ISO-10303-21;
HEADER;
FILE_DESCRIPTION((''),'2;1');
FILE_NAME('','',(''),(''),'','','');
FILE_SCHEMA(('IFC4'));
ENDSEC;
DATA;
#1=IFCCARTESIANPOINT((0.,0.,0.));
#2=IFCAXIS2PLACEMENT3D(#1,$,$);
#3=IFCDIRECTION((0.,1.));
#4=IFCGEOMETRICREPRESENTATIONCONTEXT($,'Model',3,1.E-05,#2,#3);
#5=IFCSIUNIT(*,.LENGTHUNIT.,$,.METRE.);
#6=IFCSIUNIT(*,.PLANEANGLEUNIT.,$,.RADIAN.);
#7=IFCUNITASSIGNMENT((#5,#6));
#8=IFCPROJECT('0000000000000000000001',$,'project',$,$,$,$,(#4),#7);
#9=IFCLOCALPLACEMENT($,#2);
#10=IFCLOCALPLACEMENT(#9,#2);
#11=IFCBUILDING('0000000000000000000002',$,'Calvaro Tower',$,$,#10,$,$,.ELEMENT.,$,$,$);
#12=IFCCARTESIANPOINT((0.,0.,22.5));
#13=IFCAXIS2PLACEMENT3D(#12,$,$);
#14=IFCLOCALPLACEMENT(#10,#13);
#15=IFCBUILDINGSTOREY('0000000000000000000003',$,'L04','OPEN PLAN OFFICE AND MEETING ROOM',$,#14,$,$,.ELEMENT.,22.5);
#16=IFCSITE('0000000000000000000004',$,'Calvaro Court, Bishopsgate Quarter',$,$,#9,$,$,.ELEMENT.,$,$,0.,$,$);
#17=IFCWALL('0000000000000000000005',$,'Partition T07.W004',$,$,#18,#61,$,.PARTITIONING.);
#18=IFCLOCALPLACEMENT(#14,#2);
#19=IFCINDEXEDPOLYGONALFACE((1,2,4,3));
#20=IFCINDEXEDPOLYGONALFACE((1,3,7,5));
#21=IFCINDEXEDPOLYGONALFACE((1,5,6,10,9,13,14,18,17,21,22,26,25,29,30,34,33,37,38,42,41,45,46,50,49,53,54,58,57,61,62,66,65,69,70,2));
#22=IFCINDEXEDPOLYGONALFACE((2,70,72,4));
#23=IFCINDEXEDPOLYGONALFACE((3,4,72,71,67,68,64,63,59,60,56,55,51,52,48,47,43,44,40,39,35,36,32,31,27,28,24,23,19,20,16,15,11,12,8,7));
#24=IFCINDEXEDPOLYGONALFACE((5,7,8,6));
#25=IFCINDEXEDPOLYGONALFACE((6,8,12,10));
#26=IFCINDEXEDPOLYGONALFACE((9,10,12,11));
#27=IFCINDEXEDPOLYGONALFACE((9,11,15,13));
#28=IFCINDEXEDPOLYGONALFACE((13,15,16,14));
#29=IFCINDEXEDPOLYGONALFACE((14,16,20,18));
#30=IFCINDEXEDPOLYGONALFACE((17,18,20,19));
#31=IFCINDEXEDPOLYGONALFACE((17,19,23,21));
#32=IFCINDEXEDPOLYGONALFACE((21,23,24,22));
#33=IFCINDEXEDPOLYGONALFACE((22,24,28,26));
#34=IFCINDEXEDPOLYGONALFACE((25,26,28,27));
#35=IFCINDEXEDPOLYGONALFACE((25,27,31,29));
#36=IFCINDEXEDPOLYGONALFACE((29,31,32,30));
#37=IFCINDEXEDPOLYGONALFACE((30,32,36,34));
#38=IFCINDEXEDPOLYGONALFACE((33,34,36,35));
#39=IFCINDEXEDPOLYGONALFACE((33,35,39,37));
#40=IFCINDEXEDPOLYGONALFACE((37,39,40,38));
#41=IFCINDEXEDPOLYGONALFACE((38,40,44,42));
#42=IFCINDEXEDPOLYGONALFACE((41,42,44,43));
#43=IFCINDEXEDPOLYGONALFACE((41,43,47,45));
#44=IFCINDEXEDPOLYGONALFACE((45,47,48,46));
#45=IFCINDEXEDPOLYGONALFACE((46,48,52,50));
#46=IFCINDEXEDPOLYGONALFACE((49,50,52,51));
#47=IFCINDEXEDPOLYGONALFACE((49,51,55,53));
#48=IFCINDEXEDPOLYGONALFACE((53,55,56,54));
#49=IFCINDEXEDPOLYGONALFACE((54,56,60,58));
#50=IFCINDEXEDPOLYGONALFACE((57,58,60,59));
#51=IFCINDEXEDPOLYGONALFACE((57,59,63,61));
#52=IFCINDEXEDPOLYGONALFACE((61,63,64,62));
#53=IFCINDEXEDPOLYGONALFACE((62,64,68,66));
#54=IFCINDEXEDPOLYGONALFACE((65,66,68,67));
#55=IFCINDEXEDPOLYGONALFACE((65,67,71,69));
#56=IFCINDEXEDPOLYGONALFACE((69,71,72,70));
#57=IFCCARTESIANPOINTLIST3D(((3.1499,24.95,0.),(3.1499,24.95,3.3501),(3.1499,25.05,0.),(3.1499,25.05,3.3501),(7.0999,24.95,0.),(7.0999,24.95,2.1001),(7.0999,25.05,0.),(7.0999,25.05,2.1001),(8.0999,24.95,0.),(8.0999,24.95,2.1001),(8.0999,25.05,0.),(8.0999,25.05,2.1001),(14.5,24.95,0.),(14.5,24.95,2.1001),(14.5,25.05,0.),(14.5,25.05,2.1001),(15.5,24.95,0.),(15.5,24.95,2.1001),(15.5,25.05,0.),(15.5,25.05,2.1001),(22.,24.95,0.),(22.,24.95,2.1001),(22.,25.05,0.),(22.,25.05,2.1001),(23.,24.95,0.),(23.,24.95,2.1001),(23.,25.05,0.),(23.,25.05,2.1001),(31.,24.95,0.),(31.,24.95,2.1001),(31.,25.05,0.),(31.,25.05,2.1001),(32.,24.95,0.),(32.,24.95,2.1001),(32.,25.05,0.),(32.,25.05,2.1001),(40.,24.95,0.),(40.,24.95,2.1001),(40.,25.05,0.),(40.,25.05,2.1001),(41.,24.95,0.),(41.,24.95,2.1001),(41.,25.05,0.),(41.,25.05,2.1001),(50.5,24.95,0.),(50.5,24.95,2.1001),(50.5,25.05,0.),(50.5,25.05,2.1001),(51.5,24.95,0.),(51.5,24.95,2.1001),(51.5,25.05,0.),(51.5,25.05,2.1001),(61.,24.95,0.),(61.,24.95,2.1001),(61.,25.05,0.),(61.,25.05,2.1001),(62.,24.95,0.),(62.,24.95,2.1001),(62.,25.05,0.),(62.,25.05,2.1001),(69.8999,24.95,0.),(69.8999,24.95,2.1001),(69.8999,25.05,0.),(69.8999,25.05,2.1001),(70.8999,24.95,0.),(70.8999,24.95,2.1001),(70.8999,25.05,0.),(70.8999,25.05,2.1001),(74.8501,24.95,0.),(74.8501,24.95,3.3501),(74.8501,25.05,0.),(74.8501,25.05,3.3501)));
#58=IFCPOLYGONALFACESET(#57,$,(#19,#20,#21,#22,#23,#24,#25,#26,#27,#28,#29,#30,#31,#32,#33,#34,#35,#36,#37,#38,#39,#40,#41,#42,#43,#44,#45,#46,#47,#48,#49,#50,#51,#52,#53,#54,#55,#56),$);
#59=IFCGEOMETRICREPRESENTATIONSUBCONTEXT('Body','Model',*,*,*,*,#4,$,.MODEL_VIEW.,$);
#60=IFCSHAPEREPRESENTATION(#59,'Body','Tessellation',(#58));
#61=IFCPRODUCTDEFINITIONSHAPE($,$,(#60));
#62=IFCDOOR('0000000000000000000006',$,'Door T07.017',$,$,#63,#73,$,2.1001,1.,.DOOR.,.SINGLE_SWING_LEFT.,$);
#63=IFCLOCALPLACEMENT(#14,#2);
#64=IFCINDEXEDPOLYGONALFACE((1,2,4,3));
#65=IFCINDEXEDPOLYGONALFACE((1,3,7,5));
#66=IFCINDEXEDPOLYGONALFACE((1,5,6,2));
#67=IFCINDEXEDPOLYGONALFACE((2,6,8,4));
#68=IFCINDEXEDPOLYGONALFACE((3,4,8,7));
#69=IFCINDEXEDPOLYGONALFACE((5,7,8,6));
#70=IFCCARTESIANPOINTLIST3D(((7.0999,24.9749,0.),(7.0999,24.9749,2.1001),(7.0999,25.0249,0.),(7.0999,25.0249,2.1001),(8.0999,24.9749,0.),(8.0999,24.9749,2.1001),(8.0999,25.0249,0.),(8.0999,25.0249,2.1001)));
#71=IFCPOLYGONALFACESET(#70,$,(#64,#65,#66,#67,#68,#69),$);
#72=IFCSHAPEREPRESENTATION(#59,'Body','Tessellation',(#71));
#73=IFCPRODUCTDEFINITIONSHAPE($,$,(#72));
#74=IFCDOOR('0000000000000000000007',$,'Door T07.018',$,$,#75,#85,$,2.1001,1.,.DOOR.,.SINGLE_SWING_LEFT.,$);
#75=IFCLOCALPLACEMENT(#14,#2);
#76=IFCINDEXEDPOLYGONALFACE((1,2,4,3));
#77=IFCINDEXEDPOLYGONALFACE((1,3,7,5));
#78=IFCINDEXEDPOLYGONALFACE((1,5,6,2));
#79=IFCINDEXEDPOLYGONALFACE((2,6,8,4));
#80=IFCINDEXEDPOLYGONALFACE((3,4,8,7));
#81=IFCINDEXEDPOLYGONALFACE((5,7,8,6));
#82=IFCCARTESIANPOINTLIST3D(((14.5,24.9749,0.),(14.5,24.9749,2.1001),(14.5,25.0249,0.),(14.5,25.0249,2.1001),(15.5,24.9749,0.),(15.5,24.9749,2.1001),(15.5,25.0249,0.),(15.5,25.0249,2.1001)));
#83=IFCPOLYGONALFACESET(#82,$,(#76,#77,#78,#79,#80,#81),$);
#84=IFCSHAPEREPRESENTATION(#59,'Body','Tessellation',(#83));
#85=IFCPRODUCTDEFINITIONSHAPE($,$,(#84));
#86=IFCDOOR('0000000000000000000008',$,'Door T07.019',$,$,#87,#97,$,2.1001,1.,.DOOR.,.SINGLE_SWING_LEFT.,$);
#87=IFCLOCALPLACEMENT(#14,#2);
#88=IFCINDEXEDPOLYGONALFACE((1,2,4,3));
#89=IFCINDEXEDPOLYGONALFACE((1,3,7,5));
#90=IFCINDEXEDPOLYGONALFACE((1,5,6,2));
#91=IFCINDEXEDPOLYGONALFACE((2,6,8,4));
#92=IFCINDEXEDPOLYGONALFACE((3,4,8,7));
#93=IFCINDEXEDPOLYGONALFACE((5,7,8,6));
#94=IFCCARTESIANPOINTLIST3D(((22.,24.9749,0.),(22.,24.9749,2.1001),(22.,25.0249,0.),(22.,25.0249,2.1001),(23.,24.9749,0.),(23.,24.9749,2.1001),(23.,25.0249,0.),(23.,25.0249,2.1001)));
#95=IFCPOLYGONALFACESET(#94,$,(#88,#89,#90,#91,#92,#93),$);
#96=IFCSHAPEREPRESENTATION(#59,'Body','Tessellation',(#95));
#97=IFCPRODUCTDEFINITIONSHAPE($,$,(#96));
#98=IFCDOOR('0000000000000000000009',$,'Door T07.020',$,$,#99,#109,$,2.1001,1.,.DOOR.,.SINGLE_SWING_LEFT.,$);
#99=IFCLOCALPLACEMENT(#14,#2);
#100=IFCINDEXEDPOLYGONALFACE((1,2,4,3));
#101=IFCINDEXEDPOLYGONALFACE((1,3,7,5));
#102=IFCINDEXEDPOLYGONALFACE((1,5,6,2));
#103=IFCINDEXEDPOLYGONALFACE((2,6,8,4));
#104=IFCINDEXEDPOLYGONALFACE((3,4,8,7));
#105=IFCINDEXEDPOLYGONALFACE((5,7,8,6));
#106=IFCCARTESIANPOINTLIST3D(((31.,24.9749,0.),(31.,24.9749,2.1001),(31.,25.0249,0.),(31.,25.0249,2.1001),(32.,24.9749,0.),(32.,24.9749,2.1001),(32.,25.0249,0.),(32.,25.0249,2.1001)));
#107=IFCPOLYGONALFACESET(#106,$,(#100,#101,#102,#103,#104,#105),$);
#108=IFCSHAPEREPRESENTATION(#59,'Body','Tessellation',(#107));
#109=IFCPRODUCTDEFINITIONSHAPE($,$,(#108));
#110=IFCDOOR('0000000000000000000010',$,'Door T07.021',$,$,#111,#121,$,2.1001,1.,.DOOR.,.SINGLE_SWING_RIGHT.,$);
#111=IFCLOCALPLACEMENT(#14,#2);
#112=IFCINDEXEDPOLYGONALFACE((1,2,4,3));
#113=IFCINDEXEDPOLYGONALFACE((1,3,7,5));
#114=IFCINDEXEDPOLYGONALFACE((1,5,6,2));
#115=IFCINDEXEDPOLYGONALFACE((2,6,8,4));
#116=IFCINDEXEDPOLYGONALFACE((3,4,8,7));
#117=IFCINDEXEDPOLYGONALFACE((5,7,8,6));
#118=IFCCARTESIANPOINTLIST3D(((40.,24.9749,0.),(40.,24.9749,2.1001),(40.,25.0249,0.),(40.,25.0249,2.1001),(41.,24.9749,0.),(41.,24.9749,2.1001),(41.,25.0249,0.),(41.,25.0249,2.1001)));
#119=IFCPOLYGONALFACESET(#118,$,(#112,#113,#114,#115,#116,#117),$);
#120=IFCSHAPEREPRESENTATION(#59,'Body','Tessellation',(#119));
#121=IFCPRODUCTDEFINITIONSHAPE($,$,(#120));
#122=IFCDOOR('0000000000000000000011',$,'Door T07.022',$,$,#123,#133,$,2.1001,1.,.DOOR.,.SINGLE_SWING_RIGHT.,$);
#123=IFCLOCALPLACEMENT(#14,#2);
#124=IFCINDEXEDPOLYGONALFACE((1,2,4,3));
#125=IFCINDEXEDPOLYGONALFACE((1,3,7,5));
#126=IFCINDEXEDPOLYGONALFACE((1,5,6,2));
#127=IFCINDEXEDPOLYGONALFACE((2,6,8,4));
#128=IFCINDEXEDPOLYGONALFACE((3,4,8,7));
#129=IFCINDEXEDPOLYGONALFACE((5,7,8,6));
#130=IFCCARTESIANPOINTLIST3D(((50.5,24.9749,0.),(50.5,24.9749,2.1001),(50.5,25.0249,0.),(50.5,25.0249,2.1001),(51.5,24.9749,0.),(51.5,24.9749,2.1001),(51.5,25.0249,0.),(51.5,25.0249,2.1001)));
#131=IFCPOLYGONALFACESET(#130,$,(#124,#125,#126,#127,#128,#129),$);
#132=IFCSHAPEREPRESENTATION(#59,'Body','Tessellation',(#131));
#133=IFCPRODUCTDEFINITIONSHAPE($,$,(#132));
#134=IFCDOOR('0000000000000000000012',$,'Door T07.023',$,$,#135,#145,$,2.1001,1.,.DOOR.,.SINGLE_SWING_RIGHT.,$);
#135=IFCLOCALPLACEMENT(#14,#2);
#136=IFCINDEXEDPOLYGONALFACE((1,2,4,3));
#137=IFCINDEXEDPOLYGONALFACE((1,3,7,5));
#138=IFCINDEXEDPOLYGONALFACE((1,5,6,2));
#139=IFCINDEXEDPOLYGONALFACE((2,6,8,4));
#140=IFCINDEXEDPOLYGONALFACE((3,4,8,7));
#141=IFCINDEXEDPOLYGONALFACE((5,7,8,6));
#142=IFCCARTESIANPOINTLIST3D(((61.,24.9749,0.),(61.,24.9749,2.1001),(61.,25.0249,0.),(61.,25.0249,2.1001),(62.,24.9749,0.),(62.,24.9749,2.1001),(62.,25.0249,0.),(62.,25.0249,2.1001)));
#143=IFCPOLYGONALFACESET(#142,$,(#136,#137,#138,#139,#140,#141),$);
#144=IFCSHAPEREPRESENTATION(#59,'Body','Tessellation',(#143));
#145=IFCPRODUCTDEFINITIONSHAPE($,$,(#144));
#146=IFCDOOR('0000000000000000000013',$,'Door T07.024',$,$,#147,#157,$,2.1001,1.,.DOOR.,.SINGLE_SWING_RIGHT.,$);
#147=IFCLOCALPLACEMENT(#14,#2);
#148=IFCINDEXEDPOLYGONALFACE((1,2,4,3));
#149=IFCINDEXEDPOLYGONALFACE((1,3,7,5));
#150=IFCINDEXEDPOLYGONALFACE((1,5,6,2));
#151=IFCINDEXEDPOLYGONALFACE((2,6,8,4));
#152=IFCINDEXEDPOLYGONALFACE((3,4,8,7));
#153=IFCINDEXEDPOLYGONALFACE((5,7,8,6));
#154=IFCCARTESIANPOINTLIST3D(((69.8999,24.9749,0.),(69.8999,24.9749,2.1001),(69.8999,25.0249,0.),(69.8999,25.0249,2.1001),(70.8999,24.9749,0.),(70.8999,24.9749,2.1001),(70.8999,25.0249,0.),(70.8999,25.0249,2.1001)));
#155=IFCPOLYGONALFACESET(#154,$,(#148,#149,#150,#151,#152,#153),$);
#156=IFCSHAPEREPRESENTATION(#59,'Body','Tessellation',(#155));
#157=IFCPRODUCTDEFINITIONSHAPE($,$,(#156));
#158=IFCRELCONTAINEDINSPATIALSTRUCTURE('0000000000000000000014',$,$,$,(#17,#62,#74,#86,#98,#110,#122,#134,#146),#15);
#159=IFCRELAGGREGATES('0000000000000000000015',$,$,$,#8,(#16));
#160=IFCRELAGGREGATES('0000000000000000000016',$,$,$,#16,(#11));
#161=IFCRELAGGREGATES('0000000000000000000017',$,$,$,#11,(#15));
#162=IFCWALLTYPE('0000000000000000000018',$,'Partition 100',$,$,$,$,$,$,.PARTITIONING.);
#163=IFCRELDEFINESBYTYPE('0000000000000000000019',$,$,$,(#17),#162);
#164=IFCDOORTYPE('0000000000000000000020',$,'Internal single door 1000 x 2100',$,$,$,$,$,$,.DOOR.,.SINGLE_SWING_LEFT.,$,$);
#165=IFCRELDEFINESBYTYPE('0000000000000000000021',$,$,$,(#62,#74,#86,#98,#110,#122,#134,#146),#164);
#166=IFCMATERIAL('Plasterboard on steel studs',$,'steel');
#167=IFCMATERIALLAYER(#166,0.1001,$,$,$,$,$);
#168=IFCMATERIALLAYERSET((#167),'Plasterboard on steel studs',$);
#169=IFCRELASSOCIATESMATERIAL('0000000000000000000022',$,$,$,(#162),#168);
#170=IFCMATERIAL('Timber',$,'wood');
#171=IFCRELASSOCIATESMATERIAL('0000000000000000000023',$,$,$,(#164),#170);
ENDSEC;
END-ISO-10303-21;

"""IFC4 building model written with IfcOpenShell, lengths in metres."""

from ifc_helpers import new_model, si_unit, direction, frame, frame_2d, origin, place, context, subcontext, project, spatial, rectangle, extrude, material, layer, layer_set, type_object, element, fill, save


model = new_model("IFC4")

# Units and contexts
model_context = context("Model", 3, precision=1e-05, world=origin(), true_north=direction((0.0, 1.0)))
body_context = subcontext(model_context, "Body", "Model", "MODEL_VIEW")
ifc_project = project(units=[si_unit("LENGTHUNIT", "METRE"), si_unit("PLANEANGLEUNIT", "RADIAN")], contexts=[model_context])

# Site, building, storey
site_placement = place(None, origin())
site = spatial("IfcSite", under=ifc_project, at=site_placement, Name="Calvaro Court, Bishopsgate Quarter", CompositionType="ELEMENT", RefElevation=0.0)
building_placement = place(site_placement, origin())
building = spatial("IfcBuilding", under=site, at=building_placement, Name="Calvaro Tower", CompositionType="ELEMENT")
storey_placement = place(building_placement, frame((0.0, 0.0, 22.5)))
storey = spatial("IfcBuildingStorey", under=building, at=storey_placement, Name="L04", Description="OPEN PLAN OFFICE AND MEETING ROOM", CompositionType="ELEMENT", Elevation=22.5)

# Wall, openings, doors
ifc_material_1 = material(Name="Plasterboard on steel studs", Category="steel")
ifc_layer = layer(ifc_material_1, 0.1001)
ifc_layer_set = layer_set([ifc_layer], Name="Plasterboard on steel studs")
wall_type = type_object("IfcWallType", Name="Partition 100", PredefinedType="PARTITIONING", material=ifc_layer_set)
wall_placement = place(storey_placement, frame((3.1499, 25.0, 0.0), z_axis=(0.0, 0.0, 1.0), x_axis=(1.0, 0.0, 0.0)))
wall = element("IfcWall", 1, at=wall_placement, inside=storey, type_object=wall_type, Name="Partition T07.W004", PredefinedType="PARTITIONING", context=body_context, shape_type="SweptSolid", body=[
    extrude(rectangle(XDim=71.7002, YDim=0.1001, at=frame_2d((35.8501, 0.0))), origin(), (0.0, 0.0, 1.0), 3.3501),
])
opening_1_placement = place(wall_placement, frame((3.95, 0.0, 0.0)))
opening_1 = element("IfcOpeningElement", 2, at=opening_1_placement, cuts=wall, PredefinedType="OPENING", context=body_context, shape_type="SweptSolid", body=[
    extrude(rectangle(XDim=1.0, YDim=2.1001, at=frame_2d((0.5, 1.05))), frame((0.0, 0.0601, 0.0), z_axis=(0.0, -1.0, 0.0), x_axis=(1.0, 0.0, 0.0)), (0.0, 0.0, 1.0), 0.1201),
])
opening_2_placement = place(wall_placement, frame((11.3501, 0.0, 0.0)))
opening_2 = element("IfcOpeningElement", 3, at=opening_2_placement, cuts=wall, PredefinedType="OPENING", context=body_context, shape_type="SweptSolid", body=[
    extrude(rectangle(XDim=1.0, YDim=2.1001, at=frame_2d((0.5, 1.05))), frame((0.0, 0.0601, 0.0), z_axis=(0.0, -1.0, 0.0), x_axis=(1.0, 0.0, 0.0)), (0.0, 0.0, 1.0), 0.1201),
])
opening_3_placement = place(wall_placement, frame((18.8501, 0.0, 0.0)))
opening_3 = element("IfcOpeningElement", 4, at=opening_3_placement, cuts=wall, PredefinedType="OPENING", context=body_context, shape_type="SweptSolid", body=[
    extrude(rectangle(XDim=1.0, YDim=2.1001, at=frame_2d((0.5, 1.05))), frame((0.0, 0.0601, 0.0), z_axis=(0.0, -1.0, 0.0), x_axis=(1.0, 0.0, 0.0)), (0.0, 0.0, 1.0), 0.1201),
])
opening_4_placement = place(wall_placement, frame((27.8501, 0.0, 0.0)))
opening_4 = element("IfcOpeningElement", 5, at=opening_4_placement, cuts=wall, PredefinedType="OPENING", context=body_context, shape_type="SweptSolid", body=[
    extrude(rectangle(XDim=1.0, YDim=2.1001, at=frame_2d((0.5, 1.05))), frame((0.0, 0.0601, 0.0), z_axis=(0.0, -1.0, 0.0), x_axis=(1.0, 0.0, 0.0)), (0.0, 0.0, 1.0), 0.1201),
])
opening_5_placement = place(wall_placement, frame((36.8501, 0.0, 0.0)))
opening_5 = element("IfcOpeningElement", 6, at=opening_5_placement, cuts=wall, PredefinedType="OPENING", context=body_context, shape_type="SweptSolid", body=[
    extrude(rectangle(XDim=1.0, YDim=2.1001, at=frame_2d((0.5, 1.05))), frame((0.0, 0.0601, 0.0), z_axis=(0.0, -1.0, 0.0), x_axis=(1.0, 0.0, 0.0)), (0.0, 0.0, 1.0), 0.1201),
])
opening_6_placement = place(wall_placement, frame((47.3501, 0.0, 0.0)))
opening_6 = element("IfcOpeningElement", 7, at=opening_6_placement, cuts=wall, PredefinedType="OPENING", context=body_context, shape_type="SweptSolid", body=[
    extrude(rectangle(XDim=1.0, YDim=2.1001, at=frame_2d((0.5, 1.05))), frame((0.0, 0.0601, 0.0), z_axis=(0.0, -1.0, 0.0), x_axis=(1.0, 0.0, 0.0)), (0.0, 0.0, 1.0), 0.1201),
])
opening_7_placement = place(wall_placement, frame((57.8501, 0.0, 0.0)))
opening_7 = element("IfcOpeningElement", 8, at=opening_7_placement, cuts=wall, PredefinedType="OPENING", context=body_context, shape_type="SweptSolid", body=[
    extrude(rectangle(XDim=1.0, YDim=2.1001, at=frame_2d((0.5, 1.05))), frame((0.0, 0.0601, 0.0), z_axis=(0.0, -1.0, 0.0), x_axis=(1.0, 0.0, 0.0)), (0.0, 0.0, 1.0), 0.1201),
])
opening_8_placement = place(wall_placement, frame((66.75, 0.0, 0.0)))
opening_8 = element("IfcOpeningElement", 9, at=opening_8_placement, cuts=wall, PredefinedType="OPENING", context=body_context, shape_type="SweptSolid", body=[
    extrude(rectangle(XDim=1.0, YDim=2.1001, at=frame_2d((0.5, 1.05))), frame((0.0, 0.0601, 0.0), z_axis=(0.0, -1.0, 0.0), x_axis=(1.0, 0.0, 0.0)), (0.0, 0.0, 1.0), 0.1201),
])
ifc_material_2 = material(Name="Timber", Category="wood")
door_type = type_object("IfcDoorType", Name="Internal single door 1000 x 2100", OperationType="SINGLE_SWING_LEFT", PredefinedType="DOOR", material=ifc_material_2)
door_1_placement = place(opening_1_placement, origin())
door_1 = element("IfcDoor", 10, at=door_1_placement, inside=storey, type_object=door_type, Name="Door T07.017", OperationType="SINGLE_SWING_LEFT", OverallHeight=2.1001, OverallWidth=1.0, PredefinedType="DOOR", context=body_context, shape_type="SweptSolid", body=[
    extrude(rectangle(XDim=1.0, YDim=2.1001, at=frame_2d((0.5, 1.05))), frame((0.0, 0.0249, 0.0), z_axis=(0.0, -1.0, 0.0), x_axis=(1.0, 0.0, 0.0)), (0.0, 0.0, 1.0), 0.05),
])
fill(opening_1, door_1)
door_2_placement = place(opening_2_placement, origin())
door_2 = element("IfcDoor", 11, at=door_2_placement, inside=storey, type_object=door_type, Name="Door T07.018", OperationType="SINGLE_SWING_LEFT", OverallHeight=2.1001, OverallWidth=1.0, PredefinedType="DOOR", context=body_context, shape_type="SweptSolid", body=[
    extrude(rectangle(XDim=1.0, YDim=2.1001, at=frame_2d((0.5, 1.05))), frame((0.0, 0.0249, 0.0), z_axis=(0.0, -1.0, 0.0), x_axis=(1.0, 0.0, 0.0)), (0.0, 0.0, 1.0), 0.05),
])
fill(opening_2, door_2)
door_3_placement = place(opening_3_placement, origin())
door_3 = element("IfcDoor", 12, at=door_3_placement, inside=storey, type_object=door_type, Name="Door T07.019", OperationType="SINGLE_SWING_LEFT", OverallHeight=2.1001, OverallWidth=1.0, PredefinedType="DOOR", context=body_context, shape_type="SweptSolid", body=[
    extrude(rectangle(XDim=1.0, YDim=2.1001, at=frame_2d((0.5, 1.05))), frame((0.0, 0.0249, 0.0), z_axis=(0.0, -1.0, 0.0), x_axis=(1.0, 0.0, 0.0)), (0.0, 0.0, 1.0), 0.05),
])
fill(opening_3, door_3)
door_4_placement = place(opening_4_placement, origin())
door_4 = element("IfcDoor", 13, at=door_4_placement, inside=storey, type_object=door_type, Name="Door T07.020", OperationType="SINGLE_SWING_LEFT", OverallHeight=2.1001, OverallWidth=1.0, PredefinedType="DOOR", context=body_context, shape_type="SweptSolid", body=[
    extrude(rectangle(XDim=1.0, YDim=2.1001, at=frame_2d((0.5, 1.05))), frame((0.0, 0.0249, 0.0), z_axis=(0.0, -1.0, 0.0), x_axis=(1.0, 0.0, 0.0)), (0.0, 0.0, 1.0), 0.05),
])
fill(opening_4, door_4)
door_5_placement = place(opening_5_placement, origin())
door_5 = element("IfcDoor", 14, at=door_5_placement, inside=storey, type_object=door_type, Name="Door T07.021", OperationType="SINGLE_SWING_RIGHT", OverallHeight=2.1001, OverallWidth=1.0, PredefinedType="DOOR", context=body_context, shape_type="SweptSolid", body=[
    extrude(rectangle(XDim=1.0, YDim=2.1001, at=frame_2d((0.5, 1.05))), frame((0.0, 0.0249, 0.0), z_axis=(0.0, -1.0, 0.0), x_axis=(1.0, 0.0, 0.0)), (0.0, 0.0, 1.0), 0.05),
])
fill(opening_5, door_5)
door_6_placement = place(opening_6_placement, origin())
door_6 = element("IfcDoor", 15, at=door_6_placement, inside=storey, type_object=door_type, Name="Door T07.022", OperationType="SINGLE_SWING_RIGHT", OverallHeight=2.1001, OverallWidth=1.0, PredefinedType="DOOR", context=body_context, shape_type="SweptSolid", body=[
    extrude(rectangle(XDim=1.0, YDim=2.1001, at=frame_2d((0.5, 1.05))), frame((0.0, 0.0249, 0.0), z_axis=(0.0, -1.0, 0.0), x_axis=(1.0, 0.0, 0.0)), (0.0, 0.0, 1.0), 0.05),
])
fill(opening_6, door_6)
door_7_placement = place(opening_7_placement, origin())
door_7 = element("IfcDoor", 16, at=door_7_placement, inside=storey, type_object=door_type, Name="Door T07.023", OperationType="SINGLE_SWING_RIGHT", OverallHeight=2.1001, OverallWidth=1.0, PredefinedType="DOOR", context=body_context, shape_type="SweptSolid", body=[
    extrude(rectangle(XDim=1.0, YDim=2.1001, at=frame_2d((0.5, 1.05))), frame((0.0, 0.0249, 0.0), z_axis=(0.0, -1.0, 0.0), x_axis=(1.0, 0.0, 0.0)), (0.0, 0.0, 1.0), 0.05),
])
fill(opening_7, door_7)
door_8_placement = place(opening_8_placement, origin())
door_8 = element("IfcDoor", 17, at=door_8_placement, inside=storey, type_object=door_type, Name="Door T07.024", OperationType="SINGLE_SWING_RIGHT", OverallHeight=2.1001, OverallWidth=1.0, PredefinedType="DOOR", context=body_context, shape_type="SweptSolid", body=[
    extrude(rectangle(XDim=1.0, YDim=2.1001, at=frame_2d((0.5, 1.05))), frame((0.0, 0.0249, 0.0), z_axis=(0.0, -1.0, 0.0), x_axis=(1.0, 0.0, 0.0)), (0.0, 0.0, 1.0), 0.05),
])
fill(opening_8, door_8)

save(model, "model.ifc")
